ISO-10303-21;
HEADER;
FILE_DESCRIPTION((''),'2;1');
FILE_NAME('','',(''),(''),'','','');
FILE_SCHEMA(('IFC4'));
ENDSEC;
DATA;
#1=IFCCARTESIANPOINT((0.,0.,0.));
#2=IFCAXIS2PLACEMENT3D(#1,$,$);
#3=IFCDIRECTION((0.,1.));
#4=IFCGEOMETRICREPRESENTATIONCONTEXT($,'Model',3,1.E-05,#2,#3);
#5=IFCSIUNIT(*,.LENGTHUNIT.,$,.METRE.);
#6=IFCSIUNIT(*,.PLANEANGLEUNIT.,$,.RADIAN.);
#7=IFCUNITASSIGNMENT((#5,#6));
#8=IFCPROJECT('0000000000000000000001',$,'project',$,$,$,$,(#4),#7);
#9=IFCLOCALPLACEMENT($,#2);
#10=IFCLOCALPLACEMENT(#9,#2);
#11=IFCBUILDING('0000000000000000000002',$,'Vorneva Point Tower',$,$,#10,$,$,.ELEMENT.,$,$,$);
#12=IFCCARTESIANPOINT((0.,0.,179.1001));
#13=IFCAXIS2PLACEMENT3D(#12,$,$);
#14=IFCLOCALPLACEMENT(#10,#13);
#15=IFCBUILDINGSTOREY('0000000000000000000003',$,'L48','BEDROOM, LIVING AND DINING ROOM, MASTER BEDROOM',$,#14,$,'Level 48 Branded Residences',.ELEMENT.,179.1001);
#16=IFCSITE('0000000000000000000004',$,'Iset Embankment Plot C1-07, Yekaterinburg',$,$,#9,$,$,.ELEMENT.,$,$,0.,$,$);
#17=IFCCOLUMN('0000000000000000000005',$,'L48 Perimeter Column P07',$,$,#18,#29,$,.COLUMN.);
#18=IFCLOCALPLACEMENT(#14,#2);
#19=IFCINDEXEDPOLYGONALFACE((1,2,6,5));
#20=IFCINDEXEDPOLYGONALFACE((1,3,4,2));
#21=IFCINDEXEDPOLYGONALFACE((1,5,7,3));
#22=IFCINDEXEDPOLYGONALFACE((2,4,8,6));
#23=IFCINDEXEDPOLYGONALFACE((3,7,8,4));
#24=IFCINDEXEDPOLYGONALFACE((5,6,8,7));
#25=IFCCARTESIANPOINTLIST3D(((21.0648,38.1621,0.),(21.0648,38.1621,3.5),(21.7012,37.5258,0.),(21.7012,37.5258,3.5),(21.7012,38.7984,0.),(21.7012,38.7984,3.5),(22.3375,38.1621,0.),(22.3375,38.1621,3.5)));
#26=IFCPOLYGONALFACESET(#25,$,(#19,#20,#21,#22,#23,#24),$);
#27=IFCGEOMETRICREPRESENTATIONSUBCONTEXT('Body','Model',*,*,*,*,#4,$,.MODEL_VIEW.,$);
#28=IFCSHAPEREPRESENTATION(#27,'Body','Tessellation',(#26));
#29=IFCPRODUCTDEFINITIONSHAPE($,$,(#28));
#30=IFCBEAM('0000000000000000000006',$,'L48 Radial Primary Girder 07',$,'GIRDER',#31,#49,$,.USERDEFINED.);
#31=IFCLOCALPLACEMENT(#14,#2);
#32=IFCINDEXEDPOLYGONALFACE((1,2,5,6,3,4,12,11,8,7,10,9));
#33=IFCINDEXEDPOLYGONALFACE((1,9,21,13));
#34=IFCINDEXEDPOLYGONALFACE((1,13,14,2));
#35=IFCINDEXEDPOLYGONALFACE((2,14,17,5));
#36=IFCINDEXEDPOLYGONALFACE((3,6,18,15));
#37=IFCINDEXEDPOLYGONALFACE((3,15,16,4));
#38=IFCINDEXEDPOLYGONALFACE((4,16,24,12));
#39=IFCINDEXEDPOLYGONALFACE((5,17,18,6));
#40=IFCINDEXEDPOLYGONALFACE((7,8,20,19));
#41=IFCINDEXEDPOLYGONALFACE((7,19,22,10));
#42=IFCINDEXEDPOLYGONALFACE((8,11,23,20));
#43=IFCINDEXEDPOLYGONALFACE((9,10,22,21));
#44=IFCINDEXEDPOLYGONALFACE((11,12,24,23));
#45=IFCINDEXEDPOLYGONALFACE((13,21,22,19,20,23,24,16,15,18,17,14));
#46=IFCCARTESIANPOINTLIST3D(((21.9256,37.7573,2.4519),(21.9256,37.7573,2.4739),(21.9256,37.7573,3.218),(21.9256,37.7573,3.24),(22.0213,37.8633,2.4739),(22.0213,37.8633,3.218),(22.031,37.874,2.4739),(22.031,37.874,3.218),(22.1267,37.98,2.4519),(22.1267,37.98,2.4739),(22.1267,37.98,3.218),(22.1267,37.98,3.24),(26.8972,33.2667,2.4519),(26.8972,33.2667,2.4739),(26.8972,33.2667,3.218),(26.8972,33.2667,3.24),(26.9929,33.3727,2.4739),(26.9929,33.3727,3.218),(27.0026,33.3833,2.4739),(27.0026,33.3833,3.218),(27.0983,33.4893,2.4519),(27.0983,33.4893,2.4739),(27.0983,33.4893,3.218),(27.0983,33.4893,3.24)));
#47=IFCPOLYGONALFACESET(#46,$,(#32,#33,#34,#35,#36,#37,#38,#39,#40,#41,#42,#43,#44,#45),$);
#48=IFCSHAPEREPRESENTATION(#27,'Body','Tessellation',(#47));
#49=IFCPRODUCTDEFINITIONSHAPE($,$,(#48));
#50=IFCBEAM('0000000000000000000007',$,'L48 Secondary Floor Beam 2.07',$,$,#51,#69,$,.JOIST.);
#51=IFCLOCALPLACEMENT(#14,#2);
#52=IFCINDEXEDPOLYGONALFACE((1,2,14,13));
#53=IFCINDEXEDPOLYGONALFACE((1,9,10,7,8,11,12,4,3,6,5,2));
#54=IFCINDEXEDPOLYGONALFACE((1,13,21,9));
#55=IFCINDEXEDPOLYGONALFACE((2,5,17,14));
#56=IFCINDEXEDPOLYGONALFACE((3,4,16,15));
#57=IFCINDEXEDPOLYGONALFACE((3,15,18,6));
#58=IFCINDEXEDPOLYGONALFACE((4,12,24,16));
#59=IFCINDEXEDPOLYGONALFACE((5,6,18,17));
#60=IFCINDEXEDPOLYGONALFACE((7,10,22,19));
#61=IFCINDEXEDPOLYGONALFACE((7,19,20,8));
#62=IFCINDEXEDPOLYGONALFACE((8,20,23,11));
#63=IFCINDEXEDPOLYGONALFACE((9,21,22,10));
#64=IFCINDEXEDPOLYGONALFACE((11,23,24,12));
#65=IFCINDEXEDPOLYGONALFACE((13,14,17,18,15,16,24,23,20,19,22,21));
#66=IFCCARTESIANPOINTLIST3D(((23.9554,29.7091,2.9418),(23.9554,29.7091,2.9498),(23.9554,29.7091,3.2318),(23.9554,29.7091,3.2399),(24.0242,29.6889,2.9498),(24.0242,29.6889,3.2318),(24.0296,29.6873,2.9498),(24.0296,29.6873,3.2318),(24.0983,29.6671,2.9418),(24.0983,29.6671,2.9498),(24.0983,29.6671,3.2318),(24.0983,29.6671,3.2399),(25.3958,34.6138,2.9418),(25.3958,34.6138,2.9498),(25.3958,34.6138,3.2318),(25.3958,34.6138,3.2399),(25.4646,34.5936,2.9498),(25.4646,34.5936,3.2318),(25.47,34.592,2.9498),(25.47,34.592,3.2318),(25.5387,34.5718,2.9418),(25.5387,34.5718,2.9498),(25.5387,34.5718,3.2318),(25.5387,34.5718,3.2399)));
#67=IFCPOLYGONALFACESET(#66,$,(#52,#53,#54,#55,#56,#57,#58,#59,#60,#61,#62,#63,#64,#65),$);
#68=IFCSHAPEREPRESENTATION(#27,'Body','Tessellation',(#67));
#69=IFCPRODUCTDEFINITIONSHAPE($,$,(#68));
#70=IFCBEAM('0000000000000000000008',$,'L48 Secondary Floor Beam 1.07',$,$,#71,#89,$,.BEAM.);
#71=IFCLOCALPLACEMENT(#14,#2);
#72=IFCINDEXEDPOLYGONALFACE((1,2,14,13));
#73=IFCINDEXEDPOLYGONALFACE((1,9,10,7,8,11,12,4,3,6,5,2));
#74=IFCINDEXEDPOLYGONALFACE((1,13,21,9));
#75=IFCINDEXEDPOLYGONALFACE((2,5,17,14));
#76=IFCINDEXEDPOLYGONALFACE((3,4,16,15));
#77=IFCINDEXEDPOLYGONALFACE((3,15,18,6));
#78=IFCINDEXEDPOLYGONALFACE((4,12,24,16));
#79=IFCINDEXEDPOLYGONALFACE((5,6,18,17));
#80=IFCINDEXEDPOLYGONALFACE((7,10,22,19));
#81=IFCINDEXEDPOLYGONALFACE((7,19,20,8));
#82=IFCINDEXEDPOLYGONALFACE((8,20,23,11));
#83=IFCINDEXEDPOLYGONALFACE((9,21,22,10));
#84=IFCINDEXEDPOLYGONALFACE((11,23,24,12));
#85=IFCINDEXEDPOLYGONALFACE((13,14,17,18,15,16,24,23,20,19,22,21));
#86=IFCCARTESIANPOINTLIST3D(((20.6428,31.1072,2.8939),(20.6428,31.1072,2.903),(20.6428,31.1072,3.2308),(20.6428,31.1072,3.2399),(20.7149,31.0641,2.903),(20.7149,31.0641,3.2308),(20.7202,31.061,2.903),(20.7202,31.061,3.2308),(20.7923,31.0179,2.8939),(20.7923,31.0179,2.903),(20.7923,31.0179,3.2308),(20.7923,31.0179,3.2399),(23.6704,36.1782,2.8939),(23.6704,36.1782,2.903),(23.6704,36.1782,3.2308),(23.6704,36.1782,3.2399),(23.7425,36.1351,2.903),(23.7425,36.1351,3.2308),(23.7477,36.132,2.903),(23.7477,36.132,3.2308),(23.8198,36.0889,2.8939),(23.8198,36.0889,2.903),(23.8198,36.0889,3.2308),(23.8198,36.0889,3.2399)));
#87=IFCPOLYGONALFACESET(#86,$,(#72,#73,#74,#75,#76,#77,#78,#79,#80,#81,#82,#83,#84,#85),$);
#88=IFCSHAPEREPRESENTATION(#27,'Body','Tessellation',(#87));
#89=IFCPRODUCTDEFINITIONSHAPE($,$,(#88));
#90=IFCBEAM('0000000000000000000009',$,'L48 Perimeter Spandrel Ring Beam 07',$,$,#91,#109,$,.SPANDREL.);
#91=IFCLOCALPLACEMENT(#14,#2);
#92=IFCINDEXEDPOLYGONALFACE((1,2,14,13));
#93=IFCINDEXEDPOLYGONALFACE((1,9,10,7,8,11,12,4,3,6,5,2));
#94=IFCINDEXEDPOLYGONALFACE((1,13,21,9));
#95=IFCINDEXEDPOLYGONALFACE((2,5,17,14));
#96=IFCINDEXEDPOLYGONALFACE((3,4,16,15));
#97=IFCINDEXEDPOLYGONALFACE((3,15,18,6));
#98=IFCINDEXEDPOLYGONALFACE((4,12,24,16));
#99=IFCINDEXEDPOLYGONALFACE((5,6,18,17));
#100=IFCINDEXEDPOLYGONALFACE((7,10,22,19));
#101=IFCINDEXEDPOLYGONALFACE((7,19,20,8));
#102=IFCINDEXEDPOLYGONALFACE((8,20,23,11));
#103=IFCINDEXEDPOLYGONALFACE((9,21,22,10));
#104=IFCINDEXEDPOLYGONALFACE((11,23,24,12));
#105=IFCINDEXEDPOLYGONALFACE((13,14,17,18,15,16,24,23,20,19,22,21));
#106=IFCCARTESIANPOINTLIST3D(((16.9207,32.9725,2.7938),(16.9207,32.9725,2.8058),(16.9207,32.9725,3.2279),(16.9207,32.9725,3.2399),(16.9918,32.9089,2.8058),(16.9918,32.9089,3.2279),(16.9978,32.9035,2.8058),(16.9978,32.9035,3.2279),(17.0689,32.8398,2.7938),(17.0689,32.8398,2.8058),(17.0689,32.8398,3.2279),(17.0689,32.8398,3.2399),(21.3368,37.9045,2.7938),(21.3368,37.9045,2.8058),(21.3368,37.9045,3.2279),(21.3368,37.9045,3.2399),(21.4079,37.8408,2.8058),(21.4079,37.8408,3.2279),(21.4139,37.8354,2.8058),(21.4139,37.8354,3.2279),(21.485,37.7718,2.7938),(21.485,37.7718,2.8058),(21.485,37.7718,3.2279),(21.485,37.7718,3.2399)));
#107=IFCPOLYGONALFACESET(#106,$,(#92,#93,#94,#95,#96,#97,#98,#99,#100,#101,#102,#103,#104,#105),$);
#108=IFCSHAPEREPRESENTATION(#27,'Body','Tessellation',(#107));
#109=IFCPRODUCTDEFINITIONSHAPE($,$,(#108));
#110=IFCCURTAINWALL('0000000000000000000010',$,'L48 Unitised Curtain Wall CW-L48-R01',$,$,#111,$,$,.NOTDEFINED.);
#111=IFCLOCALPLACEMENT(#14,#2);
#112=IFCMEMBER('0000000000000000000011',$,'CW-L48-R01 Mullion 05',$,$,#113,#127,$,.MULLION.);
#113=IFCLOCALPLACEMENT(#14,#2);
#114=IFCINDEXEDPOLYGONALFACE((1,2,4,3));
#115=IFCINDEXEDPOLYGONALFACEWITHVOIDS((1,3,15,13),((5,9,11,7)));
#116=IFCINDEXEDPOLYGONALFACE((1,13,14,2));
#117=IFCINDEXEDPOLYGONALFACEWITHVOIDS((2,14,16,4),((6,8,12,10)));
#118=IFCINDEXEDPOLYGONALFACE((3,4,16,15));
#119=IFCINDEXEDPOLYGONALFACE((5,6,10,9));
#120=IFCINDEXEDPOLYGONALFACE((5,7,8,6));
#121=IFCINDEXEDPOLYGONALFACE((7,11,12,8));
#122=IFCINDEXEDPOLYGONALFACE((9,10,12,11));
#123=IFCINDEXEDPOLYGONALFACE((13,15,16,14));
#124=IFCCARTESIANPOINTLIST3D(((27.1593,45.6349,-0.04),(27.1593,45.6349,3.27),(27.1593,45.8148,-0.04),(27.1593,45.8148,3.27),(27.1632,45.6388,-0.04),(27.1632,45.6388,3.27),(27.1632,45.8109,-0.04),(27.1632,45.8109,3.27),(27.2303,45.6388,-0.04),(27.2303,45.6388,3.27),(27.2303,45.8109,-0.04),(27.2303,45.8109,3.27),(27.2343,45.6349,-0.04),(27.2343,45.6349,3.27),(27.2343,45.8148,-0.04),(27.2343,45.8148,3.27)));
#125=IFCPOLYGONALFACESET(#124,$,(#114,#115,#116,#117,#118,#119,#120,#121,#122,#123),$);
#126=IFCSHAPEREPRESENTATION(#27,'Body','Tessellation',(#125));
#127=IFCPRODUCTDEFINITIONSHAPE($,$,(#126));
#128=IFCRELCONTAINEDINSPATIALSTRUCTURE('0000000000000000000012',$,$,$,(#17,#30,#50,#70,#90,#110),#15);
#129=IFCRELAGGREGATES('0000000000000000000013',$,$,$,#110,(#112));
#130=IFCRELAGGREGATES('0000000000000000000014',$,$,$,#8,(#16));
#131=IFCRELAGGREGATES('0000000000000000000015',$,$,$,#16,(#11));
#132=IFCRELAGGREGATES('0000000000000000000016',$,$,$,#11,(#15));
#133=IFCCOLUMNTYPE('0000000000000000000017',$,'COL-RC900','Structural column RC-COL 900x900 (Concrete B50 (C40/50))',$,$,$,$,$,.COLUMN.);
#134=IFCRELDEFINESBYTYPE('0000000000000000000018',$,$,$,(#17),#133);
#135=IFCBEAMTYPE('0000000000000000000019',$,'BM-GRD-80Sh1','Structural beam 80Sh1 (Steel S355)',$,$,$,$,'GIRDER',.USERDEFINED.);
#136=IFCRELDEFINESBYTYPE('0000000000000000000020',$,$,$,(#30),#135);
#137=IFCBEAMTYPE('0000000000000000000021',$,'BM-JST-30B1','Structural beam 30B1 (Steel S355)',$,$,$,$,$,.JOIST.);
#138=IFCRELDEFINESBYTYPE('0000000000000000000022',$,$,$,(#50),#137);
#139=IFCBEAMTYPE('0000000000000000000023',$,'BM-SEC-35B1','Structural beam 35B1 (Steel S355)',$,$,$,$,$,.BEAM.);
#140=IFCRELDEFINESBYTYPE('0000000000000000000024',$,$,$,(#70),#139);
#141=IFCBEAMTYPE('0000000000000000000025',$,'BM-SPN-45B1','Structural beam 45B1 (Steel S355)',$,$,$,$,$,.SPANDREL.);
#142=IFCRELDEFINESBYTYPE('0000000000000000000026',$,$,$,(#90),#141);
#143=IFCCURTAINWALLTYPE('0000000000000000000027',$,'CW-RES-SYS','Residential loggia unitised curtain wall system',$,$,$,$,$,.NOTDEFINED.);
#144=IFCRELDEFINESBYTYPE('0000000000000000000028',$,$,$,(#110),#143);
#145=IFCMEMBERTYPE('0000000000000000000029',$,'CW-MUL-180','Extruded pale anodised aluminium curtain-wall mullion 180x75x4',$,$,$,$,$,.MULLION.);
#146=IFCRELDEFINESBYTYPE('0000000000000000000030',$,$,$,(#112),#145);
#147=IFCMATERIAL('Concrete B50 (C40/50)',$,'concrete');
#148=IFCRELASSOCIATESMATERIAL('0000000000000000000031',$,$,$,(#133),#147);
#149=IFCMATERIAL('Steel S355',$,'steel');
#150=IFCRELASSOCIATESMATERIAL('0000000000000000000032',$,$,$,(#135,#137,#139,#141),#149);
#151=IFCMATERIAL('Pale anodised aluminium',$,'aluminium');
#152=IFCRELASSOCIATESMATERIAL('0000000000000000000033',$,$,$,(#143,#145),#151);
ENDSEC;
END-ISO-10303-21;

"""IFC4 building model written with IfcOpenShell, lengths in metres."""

from ifc_helpers import new_model, si_unit, direction, frame, origin, origin_2d, place, context, subcontext, project, spatial, rectangle, hollow_rectangle, i_section, extrude, material, material_profile, profile_set, type_object, element, aggregate, save


model = new_model("IFC4")

# Units and contexts
model_context = context("Model", 3, precision=1e-05, world=origin(), true_north=direction((0.0, 1.0)))
body_context = subcontext(model_context, "Body", "Model", "MODEL_VIEW")
ifc_project = project(units=[si_unit("LENGTHUNIT", "METRE"), si_unit("PLANEANGLEUNIT", "RADIAN")], contexts=[model_context])

# Site, building, storey
site_placement = place(None, origin())
site = spatial("IfcSite", under=ifc_project, at=site_placement, Name="Iset Embankment Plot C1-07, Yekaterinburg", CompositionType="ELEMENT", RefElevation=0.0)
building_placement = place(site_placement, origin())
building = spatial("IfcBuilding", under=site, at=building_placement, Name="Vorneva Point Tower", CompositionType="ELEMENT")
storey_placement = place(building_placement, frame((0.0, 0.0, 179.1001)))
storey = spatial("IfcBuildingStorey", under=building, at=storey_placement, Name="L48", Description="BEDROOM, LIVING AND DINING ROOM, MASTER BEDROOM", LongName="Level 48 Branded Residences", CompositionType="ELEMENT", Elevation=179.1001)

# Column
ifc_material_1 = material(Name="Concrete B50 (C40/50)", Category="concrete")
ifc_material_profile_1 = material_profile(ifc_material_1, rectangle(XDim=0.8999, YDim=0.8999, at=origin_2d()), Name="RC-COL 900x900")
ifc_profile_set_1 = profile_set([ifc_material_profile_1], Name="Concrete B50 (C40/50)")
column_type = type_object("IfcColumnType", Name="COL-RC900", Description="Structural column RC-COL 900x900 (Concrete B50 (C40/50))", PredefinedType="COLUMN", material=ifc_profile_set_1)
column_placement = place(storey_placement, frame((21.7012, 38.1621, 0.0), z_axis=(0.0, 0.0, 1.0), x_axis=(-0.707107, 0.707107, 0.0)))
element("IfcColumn", 1, at=column_placement, inside=storey, type_object=column_type, Name="L48 Perimeter Column P07", PredefinedType="COLUMN", context=body_context, shape_type="SweptSolid", body=[
    extrude(rectangle(XDim=0.8999, YDim=0.8999, at=origin_2d()), origin(), (0.0, 0.0, 1.0), 3.5),
])

# Beams
ifc_material_2 = material(Name="Steel S355", Category="steel")
ifc_material_profile_2 = material_profile(ifc_material_2, i_section(OverallWidth=0.3, OverallDepth=0.7881, WebThickness=0.0144, FlangeThickness=0.022, at=origin_2d()), Name="80Sh1")
ifc_profile_set_2 = profile_set([ifc_material_profile_2], Name="Steel S355")
beam_type_1 = type_object("IfcBeamType", Name="BM-GRD-80Sh1", Description="Structural beam 80Sh1 (Steel S355)", ElementType="GIRDER", PredefinedType="USERDEFINED", material=ifc_profile_set_2)
beam_1_placement = place(storey_placement, frame((22.0261, 37.8687, 2.8459), z_axis=(0.74209, -0.670301, 0.0), x_axis=(0.670301, 0.74209, 0.0)))
element("IfcBeam", 2, at=beam_1_placement, inside=storey, type_object=beam_type_1, Name="L48 Radial Primary Girder 07", ObjectType="GIRDER", PredefinedType="USERDEFINED", context=body_context, shape_type="SweptSolid", body=[
    extrude(i_section(OverallWidth=0.3, OverallDepth=0.7881, WebThickness=0.0144, FlangeThickness=0.022, at=origin_2d()), origin(), (0.0, 0.0, 1.0), 6.6995),
])
ifc_material_profile_3 = material_profile(ifc_material_2, i_section(OverallWidth=0.1489, OverallDepth=0.2981, WebThickness=0.0056, FlangeThickness=0.0081, at=origin_2d()), Name="30B1")
ifc_profile_set_3 = profile_set([ifc_material_profile_3], Name="Steel S355")
beam_type_2 = type_object("IfcBeamType", Name="BM-JST-30B1", Description="Structural beam 30B1 (Steel S355)", PredefinedType="JOIST", material=ifc_profile_set_3)
beam_2_placement = place(storey_placement, frame((25.4673, 34.5928, 3.0908), z_axis=(-0.281778, -0.959479, 0.0), x_axis=(0.959479, -0.281778, 0.0)))
element("IfcBeam", 3, at=beam_2_placement, inside=storey, type_object=beam_type_2, Name="L48 Secondary Floor Beam 2.07", PredefinedType="JOIST", context=body_context, shape_type="SweptSolid", body=[
    extrude(i_section(OverallWidth=0.1489, OverallDepth=0.2981, WebThickness=0.0056, FlangeThickness=0.0081, at=origin_2d()), origin(), (0.0, 0.0, 1.0), 5.1118),
])
ifc_material_profile_4 = material_profile(ifc_material_2, i_section(OverallWidth=0.1741, OverallDepth=0.3459, WebThickness=0.0061, FlangeThickness=0.009, at=origin_2d()), Name="35B1")
ifc_profile_set_4 = profile_set([ifc_material_profile_4], Name="Steel S355")
beam_type_3 = type_object("IfcBeamType", Name="BM-SEC-35B1", Description="Structural beam 35B1 (Steel S355)", PredefinedType="BEAM", material=ifc_profile_set_4)
beam_3_placement = place(storey_placement, frame((23.7451, 36.1335, 3.0669), z_axis=(-0.512622, -0.858614, 0.0), x_axis=(0.858614, -0.512622, 0.0)))
element("IfcBeam", 4, at=beam_3_placement, inside=storey, type_object=beam_type_3, Name="L48 Secondary Floor Beam 1.07", PredefinedType="BEAM", context=body_context, shape_type="SweptSolid", body=[
    extrude(i_section(OverallWidth=0.1741, OverallDepth=0.3459, WebThickness=0.0061, FlangeThickness=0.009, at=origin_2d()), origin(), (0.0, 0.0, 1.0), 5.906),
])
ifc_material_profile_5 = material_profile(ifc_material_2, i_section(OverallWidth=0.199, OverallDepth=0.446, WebThickness=0.0081, FlangeThickness=0.012, at=origin_2d()), Name="45B1")
ifc_profile_set_5 = profile_set([ifc_material_profile_5], Name="Steel S355")
beam_type_4 = type_object("IfcBeamType", Name="BM-SPN-45B1", Description="Structural beam 45B1 (Steel S355)", PredefinedType="SPANDREL", material=ifc_profile_set_5)
beam_4_placement = place(storey_placement, frame((21.4109, 37.8381, 3.0168), z_axis=(-0.66707, -0.744995, 0.0), x_axis=(0.744995, -0.66707, 0.0)))
element("IfcBeam", 5, at=beam_4_placement, inside=storey, type_object=beam_type_4, Name="L48 Perimeter Spandrel Ring Beam 07", PredefinedType="SPANDREL", context=body_context, shape_type="SweptSolid", body=[
    extrude(i_section(OverallWidth=0.199, OverallDepth=0.446, WebThickness=0.0081, FlangeThickness=0.012, at=origin_2d()), origin(), (0.0, 0.0, 1.0), 6.6201),
])

# Curtain wall, member
ifc_material_3 = material(Name="Pale anodised aluminium", Category="aluminium")
curtain_wall_type = type_object("IfcCurtainWallType", Name="CW-RES-SYS", Description="Residential loggia unitised curtain wall system", PredefinedType="NOTDEFINED", material=ifc_material_3)
curtain_wall_placement = place(storey_placement, origin())
curtain_wall = element("IfcCurtainWall", 6, at=curtain_wall_placement, inside=storey, type_object=curtain_wall_type, Name="L48 Unitised Curtain Wall CW-L48-R01", PredefinedType="NOTDEFINED")
ifc_material_profile_6 = material_profile(ifc_material_3, hollow_rectangle(XDim=0.075, YDim=0.1799, WallThickness=0.0039, at=origin_2d()), Name="AL-MUL 180x75x4")
ifc_profile_set_6 = profile_set([ifc_material_profile_6], Name="Pale anodised aluminium")
member_type = type_object("IfcMemberType", Name="CW-MUL-180", Description="Extruded pale anodised aluminium curtain-wall mullion 180x75x4", PredefinedType="MULLION", material=ifc_profile_set_6)
member_placement = place(storey_placement, frame((27.1968, 45.7249, -0.04), z_axis=(0.0, 0.0, 1.0), x_axis=(1.0, 0.0, 0.0)))
member = element("IfcMember", 7, at=member_placement, type_object=member_type, Name="CW-L48-R01 Mullion 05", PredefinedType="MULLION", context=body_context, shape_type="SweptSolid", body=[
    extrude(hollow_rectangle(XDim=0.075, YDim=0.1799, WallThickness=0.0039, at=origin_2d()), origin(), (0.0, 0.0, 1.0), 3.3101),
])
aggregate(curtain_wall, [member])

save(model, "model.ifc")
